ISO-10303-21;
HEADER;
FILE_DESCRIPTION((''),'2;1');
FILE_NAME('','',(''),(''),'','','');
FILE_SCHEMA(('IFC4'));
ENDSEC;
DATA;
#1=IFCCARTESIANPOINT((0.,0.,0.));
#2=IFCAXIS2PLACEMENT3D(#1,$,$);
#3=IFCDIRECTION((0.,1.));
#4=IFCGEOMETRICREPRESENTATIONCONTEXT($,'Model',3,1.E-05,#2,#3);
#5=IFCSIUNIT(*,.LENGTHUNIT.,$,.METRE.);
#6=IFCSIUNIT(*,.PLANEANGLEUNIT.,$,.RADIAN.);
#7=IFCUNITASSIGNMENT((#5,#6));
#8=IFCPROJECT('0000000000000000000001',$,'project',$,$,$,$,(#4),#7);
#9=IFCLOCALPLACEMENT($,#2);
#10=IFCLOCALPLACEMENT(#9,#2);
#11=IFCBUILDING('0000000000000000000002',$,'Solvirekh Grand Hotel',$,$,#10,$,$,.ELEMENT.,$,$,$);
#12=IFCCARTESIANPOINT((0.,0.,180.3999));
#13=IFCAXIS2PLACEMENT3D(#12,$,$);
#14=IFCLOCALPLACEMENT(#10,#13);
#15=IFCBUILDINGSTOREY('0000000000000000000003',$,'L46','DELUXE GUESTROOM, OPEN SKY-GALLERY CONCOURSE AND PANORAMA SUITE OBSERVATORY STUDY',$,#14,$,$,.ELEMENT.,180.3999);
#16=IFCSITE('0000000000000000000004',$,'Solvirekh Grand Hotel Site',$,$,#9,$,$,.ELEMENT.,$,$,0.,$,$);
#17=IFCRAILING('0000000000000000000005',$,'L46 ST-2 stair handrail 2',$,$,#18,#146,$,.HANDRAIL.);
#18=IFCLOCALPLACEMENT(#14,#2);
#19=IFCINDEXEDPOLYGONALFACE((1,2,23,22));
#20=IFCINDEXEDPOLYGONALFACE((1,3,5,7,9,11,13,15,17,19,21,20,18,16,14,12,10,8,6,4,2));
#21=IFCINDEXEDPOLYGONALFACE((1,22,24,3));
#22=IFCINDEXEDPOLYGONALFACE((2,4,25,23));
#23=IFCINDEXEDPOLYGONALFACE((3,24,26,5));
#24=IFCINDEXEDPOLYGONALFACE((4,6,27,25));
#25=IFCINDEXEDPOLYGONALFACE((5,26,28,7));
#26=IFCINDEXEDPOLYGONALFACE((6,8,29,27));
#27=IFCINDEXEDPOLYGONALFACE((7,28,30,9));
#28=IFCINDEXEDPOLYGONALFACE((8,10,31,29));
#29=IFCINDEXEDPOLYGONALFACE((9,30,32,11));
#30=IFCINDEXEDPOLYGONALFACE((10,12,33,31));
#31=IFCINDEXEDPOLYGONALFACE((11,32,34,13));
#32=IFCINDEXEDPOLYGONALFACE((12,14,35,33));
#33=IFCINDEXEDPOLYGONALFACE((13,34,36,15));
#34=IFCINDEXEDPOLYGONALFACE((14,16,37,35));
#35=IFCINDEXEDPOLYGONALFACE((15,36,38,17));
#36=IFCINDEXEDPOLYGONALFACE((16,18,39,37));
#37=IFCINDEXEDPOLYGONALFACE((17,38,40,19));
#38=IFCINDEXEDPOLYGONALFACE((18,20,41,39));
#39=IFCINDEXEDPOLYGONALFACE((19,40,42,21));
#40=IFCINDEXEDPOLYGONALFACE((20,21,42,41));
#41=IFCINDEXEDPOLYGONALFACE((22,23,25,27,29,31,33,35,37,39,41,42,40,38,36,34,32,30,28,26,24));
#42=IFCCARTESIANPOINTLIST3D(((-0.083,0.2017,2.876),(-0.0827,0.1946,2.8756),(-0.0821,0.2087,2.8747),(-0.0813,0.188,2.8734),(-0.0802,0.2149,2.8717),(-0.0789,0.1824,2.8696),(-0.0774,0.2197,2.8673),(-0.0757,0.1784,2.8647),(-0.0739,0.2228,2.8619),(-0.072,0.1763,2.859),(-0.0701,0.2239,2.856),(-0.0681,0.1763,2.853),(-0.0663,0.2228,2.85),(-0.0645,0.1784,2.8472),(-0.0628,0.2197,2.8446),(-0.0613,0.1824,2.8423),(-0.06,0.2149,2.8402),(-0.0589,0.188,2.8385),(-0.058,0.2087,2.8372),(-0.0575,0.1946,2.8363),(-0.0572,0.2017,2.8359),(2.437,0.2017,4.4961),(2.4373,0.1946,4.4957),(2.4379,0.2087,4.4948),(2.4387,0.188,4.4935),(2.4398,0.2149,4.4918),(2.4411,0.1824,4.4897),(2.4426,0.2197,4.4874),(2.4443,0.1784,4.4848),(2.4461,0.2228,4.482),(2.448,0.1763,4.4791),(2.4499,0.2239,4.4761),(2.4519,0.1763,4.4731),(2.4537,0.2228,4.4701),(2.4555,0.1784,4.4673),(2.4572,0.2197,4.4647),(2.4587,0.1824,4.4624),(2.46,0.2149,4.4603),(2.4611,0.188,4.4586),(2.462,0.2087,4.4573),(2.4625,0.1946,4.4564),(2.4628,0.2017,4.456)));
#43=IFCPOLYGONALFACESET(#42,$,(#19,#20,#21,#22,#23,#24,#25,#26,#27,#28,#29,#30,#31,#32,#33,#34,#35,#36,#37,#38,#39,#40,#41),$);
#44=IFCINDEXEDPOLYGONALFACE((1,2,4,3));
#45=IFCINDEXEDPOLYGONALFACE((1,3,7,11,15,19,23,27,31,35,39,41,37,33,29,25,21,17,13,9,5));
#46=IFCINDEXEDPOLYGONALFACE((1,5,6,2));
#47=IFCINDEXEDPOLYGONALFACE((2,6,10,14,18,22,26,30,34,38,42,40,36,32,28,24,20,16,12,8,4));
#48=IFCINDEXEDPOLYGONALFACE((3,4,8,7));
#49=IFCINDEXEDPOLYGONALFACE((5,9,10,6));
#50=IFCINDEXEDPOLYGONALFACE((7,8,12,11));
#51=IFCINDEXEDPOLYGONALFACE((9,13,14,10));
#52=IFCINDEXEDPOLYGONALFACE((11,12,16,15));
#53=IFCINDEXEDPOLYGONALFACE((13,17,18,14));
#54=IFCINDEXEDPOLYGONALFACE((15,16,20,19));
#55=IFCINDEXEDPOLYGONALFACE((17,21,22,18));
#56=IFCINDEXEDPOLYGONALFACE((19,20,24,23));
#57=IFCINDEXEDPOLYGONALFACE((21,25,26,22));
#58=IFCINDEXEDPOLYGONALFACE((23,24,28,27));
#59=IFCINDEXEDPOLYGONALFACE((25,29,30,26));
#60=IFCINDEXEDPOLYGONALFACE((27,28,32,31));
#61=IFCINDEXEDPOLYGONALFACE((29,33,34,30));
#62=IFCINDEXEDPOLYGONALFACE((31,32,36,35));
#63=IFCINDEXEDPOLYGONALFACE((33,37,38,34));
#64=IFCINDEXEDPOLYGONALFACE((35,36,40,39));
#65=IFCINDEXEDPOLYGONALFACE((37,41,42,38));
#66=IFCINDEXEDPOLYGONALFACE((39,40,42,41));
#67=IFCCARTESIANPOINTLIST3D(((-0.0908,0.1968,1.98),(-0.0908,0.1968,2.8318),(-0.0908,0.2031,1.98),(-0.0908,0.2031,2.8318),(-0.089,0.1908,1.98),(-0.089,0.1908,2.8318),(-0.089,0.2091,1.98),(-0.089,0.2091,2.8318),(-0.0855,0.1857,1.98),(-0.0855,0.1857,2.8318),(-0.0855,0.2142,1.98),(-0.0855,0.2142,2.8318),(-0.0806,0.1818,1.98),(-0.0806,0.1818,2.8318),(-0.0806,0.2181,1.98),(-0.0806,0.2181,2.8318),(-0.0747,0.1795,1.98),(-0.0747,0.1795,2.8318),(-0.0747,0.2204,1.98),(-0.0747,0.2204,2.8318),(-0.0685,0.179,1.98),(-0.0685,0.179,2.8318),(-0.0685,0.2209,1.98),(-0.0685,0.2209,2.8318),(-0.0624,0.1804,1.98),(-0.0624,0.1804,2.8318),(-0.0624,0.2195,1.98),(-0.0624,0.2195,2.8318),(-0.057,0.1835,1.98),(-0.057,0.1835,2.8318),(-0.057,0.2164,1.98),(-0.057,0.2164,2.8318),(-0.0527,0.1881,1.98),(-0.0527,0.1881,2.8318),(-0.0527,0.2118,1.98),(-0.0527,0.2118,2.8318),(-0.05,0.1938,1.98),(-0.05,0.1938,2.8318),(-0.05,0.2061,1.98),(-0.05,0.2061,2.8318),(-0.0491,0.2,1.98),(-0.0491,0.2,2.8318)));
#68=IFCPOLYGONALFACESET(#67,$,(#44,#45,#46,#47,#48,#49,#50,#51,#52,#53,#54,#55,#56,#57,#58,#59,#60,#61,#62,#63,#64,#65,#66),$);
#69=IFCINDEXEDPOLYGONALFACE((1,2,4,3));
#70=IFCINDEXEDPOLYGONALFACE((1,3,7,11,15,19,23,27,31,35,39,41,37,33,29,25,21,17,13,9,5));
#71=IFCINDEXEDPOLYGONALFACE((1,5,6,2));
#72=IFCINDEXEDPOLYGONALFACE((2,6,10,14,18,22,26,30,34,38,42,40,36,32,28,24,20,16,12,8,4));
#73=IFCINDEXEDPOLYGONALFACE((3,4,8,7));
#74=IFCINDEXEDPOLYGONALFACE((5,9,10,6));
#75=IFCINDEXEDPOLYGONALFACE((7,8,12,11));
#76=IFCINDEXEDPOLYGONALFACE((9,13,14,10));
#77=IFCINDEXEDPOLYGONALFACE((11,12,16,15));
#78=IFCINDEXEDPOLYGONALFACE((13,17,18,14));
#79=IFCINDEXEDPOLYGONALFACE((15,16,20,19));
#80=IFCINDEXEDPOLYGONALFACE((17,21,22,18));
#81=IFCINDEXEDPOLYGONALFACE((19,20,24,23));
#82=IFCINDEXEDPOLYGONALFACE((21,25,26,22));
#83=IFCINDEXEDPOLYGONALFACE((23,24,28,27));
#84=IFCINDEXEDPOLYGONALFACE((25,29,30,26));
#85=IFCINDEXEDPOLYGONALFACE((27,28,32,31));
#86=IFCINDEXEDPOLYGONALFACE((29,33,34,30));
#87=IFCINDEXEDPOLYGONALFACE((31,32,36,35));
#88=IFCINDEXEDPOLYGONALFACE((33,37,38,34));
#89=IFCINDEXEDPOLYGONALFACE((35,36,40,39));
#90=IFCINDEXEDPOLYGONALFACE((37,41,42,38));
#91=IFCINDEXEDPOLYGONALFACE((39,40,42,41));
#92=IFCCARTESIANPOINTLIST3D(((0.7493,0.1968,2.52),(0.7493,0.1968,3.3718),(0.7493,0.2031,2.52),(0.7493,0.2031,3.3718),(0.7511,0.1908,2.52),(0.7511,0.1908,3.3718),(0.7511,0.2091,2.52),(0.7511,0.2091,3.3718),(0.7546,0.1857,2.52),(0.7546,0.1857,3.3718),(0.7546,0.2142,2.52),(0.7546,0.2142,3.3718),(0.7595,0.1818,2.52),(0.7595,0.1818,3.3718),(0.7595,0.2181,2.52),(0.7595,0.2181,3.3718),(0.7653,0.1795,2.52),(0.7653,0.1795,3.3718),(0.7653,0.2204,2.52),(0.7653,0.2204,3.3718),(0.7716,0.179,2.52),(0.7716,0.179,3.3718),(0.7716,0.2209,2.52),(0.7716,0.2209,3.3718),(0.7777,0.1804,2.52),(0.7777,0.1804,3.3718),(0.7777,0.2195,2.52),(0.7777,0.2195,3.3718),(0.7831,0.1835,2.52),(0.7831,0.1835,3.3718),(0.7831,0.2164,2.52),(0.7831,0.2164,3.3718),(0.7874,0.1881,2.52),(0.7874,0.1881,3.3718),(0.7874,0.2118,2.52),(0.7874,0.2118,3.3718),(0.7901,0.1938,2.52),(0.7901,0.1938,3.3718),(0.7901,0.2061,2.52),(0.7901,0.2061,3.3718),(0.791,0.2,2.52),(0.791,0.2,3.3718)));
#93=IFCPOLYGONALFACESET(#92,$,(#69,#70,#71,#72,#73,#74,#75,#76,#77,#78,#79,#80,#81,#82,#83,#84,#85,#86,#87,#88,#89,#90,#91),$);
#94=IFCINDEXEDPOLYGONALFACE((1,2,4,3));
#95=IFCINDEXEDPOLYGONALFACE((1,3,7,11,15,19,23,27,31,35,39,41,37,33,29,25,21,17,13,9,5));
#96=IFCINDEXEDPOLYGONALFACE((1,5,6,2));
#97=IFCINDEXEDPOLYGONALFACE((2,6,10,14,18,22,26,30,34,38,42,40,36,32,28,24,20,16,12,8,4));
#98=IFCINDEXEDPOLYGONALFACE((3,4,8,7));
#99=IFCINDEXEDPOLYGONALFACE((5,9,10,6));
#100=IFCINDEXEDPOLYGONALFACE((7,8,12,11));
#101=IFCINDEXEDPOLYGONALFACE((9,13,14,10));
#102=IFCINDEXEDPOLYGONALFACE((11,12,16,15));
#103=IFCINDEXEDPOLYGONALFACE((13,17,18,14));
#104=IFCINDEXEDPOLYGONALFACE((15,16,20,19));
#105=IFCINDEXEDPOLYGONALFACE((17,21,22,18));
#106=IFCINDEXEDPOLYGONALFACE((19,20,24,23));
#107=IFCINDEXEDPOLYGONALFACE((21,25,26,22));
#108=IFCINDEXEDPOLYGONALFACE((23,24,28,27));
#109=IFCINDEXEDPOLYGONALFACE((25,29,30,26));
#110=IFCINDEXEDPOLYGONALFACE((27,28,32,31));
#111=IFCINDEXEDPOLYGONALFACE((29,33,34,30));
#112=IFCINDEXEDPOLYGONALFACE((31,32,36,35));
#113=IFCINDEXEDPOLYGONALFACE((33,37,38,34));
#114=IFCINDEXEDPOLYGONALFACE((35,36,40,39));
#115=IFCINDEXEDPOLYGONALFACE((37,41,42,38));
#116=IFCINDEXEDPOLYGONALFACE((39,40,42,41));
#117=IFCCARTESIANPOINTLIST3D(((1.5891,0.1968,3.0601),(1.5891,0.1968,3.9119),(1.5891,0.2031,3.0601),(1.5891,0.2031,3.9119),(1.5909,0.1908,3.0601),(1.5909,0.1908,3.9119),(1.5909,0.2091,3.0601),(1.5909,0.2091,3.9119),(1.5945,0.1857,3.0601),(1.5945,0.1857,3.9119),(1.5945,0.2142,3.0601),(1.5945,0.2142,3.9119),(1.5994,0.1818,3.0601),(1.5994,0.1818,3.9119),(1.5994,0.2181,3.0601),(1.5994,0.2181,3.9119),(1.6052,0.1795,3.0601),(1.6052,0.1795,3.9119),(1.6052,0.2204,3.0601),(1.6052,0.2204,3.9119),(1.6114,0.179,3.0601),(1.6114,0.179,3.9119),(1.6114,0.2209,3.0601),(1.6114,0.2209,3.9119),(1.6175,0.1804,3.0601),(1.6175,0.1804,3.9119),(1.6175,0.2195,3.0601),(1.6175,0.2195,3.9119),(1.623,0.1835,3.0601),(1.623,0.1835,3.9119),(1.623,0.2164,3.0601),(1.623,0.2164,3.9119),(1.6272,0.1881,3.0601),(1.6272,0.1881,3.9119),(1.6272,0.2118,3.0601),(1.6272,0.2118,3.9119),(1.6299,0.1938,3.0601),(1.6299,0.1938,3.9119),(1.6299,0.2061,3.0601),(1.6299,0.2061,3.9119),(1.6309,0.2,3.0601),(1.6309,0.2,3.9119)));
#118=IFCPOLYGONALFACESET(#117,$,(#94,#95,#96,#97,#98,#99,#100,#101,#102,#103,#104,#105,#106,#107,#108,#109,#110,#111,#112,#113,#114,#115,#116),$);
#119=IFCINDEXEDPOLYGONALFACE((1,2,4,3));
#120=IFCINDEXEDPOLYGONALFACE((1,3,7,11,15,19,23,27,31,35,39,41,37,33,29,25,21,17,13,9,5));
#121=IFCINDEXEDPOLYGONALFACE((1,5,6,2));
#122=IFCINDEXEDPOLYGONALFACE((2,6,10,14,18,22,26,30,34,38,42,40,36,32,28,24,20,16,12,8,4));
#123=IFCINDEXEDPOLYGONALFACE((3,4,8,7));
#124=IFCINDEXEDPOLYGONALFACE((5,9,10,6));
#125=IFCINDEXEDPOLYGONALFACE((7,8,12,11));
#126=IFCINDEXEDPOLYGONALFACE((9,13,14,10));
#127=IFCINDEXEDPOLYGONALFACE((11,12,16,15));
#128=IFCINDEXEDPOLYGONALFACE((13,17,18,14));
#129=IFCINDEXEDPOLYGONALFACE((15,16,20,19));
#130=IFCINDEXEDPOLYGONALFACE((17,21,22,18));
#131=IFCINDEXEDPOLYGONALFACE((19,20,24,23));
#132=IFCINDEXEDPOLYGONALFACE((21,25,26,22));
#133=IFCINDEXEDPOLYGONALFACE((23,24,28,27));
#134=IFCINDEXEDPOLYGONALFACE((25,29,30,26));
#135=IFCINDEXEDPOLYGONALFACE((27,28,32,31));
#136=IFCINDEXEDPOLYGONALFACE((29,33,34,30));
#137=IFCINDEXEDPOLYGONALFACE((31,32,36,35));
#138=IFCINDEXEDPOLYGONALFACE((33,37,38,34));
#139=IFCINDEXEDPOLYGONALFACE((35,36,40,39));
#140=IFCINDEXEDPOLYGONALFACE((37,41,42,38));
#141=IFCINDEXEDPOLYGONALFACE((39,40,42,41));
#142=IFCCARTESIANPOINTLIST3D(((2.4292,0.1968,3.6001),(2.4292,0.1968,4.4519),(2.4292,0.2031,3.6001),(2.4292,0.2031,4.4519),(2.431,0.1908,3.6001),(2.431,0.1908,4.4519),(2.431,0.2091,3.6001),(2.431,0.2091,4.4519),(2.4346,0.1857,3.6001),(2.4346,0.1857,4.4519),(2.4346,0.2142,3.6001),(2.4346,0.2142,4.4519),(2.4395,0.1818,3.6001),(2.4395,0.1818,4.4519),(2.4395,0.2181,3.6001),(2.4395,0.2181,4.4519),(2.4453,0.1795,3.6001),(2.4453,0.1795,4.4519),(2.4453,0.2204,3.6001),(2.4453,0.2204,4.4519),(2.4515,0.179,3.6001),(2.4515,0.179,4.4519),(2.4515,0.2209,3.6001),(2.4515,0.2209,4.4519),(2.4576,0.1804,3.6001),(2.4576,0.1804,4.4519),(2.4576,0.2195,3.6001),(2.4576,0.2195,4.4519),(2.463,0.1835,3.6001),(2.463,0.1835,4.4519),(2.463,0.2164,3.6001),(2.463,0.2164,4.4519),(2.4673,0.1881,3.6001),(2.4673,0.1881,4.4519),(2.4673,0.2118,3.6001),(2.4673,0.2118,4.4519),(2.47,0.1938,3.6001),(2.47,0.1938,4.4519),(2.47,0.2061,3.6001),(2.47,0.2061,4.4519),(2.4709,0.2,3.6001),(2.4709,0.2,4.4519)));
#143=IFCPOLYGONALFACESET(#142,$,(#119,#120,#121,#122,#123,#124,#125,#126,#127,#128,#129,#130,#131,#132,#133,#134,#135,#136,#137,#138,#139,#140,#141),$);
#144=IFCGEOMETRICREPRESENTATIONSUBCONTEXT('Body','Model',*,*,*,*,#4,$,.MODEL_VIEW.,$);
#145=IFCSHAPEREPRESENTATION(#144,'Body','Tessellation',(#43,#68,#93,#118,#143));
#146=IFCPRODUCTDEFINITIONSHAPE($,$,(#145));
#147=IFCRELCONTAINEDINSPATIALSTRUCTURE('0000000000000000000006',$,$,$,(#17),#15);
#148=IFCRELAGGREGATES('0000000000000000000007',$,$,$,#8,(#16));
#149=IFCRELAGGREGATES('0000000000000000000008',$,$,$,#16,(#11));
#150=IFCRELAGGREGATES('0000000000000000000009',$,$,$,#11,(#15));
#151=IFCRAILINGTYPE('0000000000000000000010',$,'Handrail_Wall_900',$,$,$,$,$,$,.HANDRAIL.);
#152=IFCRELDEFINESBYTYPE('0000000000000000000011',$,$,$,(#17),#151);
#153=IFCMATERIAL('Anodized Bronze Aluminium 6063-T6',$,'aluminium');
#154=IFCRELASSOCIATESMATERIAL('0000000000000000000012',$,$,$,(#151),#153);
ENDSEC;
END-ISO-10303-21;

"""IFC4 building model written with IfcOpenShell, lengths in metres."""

from ifc_helpers import new_model, si_unit, direction, frame, origin, origin_2d, place, context, subcontext, project, spatial, circle, extrude, material, type_object, element, save


model = new_model("IFC4")

# Units and contexts
model_context = context("Model", 3, precision=1e-05, world=origin(), true_north=direction((0.0, 1.0)))
body_context = subcontext(model_context, "Body", "Model", "MODEL_VIEW")
ifc_project = project(units=[si_unit("LENGTHUNIT", "METRE"), si_unit("PLANEANGLEUNIT", "RADIAN")], contexts=[model_context])

# Site, building, storey
site_placement = place(None, origin())
site = spatial("IfcSite", under=ifc_project, at=site_placement, Name="Solvirekh Grand Hotel Site", CompositionType="ELEMENT", RefElevation=0.0)
building_placement = place(site_placement, origin())
building = spatial("IfcBuilding", under=site, at=building_placement, Name="Solvirekh Grand Hotel", CompositionType="ELEMENT")
storey_placement = place(building_placement, frame((0.0, 0.0, 180.3999)))
storey = spatial("IfcBuildingStorey", under=building, at=storey_placement, Name="L46", Description="DELUXE GUESTROOM, OPEN SKY-GALLERY CONCOURSE AND PANORAMA SUITE OBSERVATORY STUDY", CompositionType="ELEMENT", Elevation=180.3999)

# Railing
ifc_material_1 = material(Name="Anodized Bronze Aluminium 6063-T6", Category="aluminium")
railing_type_1 = type_object("IfcRailingType", Name="Handrail_Wall_900", PredefinedType="HANDRAIL", material=ifc_material_1)
railing_1_placement = place(storey_placement, frame((-0.0701, 0.2, 1.98)))
element("IfcRailing", 1, at=railing_1_placement, inside=storey, type_object=railing_type_1, Name="L46 ST-2 stair handrail 2", PredefinedType="HANDRAIL", context=body_context, shape_type="SweptSolid", body=[
    extrude(circle(Radius=0.0239, at=origin_2d()), frame((0.0, 0.0, 0.876), z_axis=(0.841163, 0.0, 0.540782), x_axis=(0.0, 1.0, 0.0)), (0.0, 0.0, 1.0), 2.9958),
    extrude(circle(Radius=0.021, at=origin_2d()), origin(), (0.0, 0.0, 1.0), 0.8518),
    extrude(circle(Radius=0.021, at=origin_2d()), frame((0.8401, 0.0, 0.54)), (0.0, 0.0, 1.0), 0.8518),
    extrude(circle(Radius=0.021, at=origin_2d()), frame((1.6799, 0.0, 1.0801)), (0.0, 0.0, 1.0), 0.8518),
    extrude(circle(Radius=0.021, at=origin_2d()), frame((2.52, 0.0, 1.6201)), (0.0, 0.0, 1.0), 0.8518),
])

save(model, "model.ifc")
